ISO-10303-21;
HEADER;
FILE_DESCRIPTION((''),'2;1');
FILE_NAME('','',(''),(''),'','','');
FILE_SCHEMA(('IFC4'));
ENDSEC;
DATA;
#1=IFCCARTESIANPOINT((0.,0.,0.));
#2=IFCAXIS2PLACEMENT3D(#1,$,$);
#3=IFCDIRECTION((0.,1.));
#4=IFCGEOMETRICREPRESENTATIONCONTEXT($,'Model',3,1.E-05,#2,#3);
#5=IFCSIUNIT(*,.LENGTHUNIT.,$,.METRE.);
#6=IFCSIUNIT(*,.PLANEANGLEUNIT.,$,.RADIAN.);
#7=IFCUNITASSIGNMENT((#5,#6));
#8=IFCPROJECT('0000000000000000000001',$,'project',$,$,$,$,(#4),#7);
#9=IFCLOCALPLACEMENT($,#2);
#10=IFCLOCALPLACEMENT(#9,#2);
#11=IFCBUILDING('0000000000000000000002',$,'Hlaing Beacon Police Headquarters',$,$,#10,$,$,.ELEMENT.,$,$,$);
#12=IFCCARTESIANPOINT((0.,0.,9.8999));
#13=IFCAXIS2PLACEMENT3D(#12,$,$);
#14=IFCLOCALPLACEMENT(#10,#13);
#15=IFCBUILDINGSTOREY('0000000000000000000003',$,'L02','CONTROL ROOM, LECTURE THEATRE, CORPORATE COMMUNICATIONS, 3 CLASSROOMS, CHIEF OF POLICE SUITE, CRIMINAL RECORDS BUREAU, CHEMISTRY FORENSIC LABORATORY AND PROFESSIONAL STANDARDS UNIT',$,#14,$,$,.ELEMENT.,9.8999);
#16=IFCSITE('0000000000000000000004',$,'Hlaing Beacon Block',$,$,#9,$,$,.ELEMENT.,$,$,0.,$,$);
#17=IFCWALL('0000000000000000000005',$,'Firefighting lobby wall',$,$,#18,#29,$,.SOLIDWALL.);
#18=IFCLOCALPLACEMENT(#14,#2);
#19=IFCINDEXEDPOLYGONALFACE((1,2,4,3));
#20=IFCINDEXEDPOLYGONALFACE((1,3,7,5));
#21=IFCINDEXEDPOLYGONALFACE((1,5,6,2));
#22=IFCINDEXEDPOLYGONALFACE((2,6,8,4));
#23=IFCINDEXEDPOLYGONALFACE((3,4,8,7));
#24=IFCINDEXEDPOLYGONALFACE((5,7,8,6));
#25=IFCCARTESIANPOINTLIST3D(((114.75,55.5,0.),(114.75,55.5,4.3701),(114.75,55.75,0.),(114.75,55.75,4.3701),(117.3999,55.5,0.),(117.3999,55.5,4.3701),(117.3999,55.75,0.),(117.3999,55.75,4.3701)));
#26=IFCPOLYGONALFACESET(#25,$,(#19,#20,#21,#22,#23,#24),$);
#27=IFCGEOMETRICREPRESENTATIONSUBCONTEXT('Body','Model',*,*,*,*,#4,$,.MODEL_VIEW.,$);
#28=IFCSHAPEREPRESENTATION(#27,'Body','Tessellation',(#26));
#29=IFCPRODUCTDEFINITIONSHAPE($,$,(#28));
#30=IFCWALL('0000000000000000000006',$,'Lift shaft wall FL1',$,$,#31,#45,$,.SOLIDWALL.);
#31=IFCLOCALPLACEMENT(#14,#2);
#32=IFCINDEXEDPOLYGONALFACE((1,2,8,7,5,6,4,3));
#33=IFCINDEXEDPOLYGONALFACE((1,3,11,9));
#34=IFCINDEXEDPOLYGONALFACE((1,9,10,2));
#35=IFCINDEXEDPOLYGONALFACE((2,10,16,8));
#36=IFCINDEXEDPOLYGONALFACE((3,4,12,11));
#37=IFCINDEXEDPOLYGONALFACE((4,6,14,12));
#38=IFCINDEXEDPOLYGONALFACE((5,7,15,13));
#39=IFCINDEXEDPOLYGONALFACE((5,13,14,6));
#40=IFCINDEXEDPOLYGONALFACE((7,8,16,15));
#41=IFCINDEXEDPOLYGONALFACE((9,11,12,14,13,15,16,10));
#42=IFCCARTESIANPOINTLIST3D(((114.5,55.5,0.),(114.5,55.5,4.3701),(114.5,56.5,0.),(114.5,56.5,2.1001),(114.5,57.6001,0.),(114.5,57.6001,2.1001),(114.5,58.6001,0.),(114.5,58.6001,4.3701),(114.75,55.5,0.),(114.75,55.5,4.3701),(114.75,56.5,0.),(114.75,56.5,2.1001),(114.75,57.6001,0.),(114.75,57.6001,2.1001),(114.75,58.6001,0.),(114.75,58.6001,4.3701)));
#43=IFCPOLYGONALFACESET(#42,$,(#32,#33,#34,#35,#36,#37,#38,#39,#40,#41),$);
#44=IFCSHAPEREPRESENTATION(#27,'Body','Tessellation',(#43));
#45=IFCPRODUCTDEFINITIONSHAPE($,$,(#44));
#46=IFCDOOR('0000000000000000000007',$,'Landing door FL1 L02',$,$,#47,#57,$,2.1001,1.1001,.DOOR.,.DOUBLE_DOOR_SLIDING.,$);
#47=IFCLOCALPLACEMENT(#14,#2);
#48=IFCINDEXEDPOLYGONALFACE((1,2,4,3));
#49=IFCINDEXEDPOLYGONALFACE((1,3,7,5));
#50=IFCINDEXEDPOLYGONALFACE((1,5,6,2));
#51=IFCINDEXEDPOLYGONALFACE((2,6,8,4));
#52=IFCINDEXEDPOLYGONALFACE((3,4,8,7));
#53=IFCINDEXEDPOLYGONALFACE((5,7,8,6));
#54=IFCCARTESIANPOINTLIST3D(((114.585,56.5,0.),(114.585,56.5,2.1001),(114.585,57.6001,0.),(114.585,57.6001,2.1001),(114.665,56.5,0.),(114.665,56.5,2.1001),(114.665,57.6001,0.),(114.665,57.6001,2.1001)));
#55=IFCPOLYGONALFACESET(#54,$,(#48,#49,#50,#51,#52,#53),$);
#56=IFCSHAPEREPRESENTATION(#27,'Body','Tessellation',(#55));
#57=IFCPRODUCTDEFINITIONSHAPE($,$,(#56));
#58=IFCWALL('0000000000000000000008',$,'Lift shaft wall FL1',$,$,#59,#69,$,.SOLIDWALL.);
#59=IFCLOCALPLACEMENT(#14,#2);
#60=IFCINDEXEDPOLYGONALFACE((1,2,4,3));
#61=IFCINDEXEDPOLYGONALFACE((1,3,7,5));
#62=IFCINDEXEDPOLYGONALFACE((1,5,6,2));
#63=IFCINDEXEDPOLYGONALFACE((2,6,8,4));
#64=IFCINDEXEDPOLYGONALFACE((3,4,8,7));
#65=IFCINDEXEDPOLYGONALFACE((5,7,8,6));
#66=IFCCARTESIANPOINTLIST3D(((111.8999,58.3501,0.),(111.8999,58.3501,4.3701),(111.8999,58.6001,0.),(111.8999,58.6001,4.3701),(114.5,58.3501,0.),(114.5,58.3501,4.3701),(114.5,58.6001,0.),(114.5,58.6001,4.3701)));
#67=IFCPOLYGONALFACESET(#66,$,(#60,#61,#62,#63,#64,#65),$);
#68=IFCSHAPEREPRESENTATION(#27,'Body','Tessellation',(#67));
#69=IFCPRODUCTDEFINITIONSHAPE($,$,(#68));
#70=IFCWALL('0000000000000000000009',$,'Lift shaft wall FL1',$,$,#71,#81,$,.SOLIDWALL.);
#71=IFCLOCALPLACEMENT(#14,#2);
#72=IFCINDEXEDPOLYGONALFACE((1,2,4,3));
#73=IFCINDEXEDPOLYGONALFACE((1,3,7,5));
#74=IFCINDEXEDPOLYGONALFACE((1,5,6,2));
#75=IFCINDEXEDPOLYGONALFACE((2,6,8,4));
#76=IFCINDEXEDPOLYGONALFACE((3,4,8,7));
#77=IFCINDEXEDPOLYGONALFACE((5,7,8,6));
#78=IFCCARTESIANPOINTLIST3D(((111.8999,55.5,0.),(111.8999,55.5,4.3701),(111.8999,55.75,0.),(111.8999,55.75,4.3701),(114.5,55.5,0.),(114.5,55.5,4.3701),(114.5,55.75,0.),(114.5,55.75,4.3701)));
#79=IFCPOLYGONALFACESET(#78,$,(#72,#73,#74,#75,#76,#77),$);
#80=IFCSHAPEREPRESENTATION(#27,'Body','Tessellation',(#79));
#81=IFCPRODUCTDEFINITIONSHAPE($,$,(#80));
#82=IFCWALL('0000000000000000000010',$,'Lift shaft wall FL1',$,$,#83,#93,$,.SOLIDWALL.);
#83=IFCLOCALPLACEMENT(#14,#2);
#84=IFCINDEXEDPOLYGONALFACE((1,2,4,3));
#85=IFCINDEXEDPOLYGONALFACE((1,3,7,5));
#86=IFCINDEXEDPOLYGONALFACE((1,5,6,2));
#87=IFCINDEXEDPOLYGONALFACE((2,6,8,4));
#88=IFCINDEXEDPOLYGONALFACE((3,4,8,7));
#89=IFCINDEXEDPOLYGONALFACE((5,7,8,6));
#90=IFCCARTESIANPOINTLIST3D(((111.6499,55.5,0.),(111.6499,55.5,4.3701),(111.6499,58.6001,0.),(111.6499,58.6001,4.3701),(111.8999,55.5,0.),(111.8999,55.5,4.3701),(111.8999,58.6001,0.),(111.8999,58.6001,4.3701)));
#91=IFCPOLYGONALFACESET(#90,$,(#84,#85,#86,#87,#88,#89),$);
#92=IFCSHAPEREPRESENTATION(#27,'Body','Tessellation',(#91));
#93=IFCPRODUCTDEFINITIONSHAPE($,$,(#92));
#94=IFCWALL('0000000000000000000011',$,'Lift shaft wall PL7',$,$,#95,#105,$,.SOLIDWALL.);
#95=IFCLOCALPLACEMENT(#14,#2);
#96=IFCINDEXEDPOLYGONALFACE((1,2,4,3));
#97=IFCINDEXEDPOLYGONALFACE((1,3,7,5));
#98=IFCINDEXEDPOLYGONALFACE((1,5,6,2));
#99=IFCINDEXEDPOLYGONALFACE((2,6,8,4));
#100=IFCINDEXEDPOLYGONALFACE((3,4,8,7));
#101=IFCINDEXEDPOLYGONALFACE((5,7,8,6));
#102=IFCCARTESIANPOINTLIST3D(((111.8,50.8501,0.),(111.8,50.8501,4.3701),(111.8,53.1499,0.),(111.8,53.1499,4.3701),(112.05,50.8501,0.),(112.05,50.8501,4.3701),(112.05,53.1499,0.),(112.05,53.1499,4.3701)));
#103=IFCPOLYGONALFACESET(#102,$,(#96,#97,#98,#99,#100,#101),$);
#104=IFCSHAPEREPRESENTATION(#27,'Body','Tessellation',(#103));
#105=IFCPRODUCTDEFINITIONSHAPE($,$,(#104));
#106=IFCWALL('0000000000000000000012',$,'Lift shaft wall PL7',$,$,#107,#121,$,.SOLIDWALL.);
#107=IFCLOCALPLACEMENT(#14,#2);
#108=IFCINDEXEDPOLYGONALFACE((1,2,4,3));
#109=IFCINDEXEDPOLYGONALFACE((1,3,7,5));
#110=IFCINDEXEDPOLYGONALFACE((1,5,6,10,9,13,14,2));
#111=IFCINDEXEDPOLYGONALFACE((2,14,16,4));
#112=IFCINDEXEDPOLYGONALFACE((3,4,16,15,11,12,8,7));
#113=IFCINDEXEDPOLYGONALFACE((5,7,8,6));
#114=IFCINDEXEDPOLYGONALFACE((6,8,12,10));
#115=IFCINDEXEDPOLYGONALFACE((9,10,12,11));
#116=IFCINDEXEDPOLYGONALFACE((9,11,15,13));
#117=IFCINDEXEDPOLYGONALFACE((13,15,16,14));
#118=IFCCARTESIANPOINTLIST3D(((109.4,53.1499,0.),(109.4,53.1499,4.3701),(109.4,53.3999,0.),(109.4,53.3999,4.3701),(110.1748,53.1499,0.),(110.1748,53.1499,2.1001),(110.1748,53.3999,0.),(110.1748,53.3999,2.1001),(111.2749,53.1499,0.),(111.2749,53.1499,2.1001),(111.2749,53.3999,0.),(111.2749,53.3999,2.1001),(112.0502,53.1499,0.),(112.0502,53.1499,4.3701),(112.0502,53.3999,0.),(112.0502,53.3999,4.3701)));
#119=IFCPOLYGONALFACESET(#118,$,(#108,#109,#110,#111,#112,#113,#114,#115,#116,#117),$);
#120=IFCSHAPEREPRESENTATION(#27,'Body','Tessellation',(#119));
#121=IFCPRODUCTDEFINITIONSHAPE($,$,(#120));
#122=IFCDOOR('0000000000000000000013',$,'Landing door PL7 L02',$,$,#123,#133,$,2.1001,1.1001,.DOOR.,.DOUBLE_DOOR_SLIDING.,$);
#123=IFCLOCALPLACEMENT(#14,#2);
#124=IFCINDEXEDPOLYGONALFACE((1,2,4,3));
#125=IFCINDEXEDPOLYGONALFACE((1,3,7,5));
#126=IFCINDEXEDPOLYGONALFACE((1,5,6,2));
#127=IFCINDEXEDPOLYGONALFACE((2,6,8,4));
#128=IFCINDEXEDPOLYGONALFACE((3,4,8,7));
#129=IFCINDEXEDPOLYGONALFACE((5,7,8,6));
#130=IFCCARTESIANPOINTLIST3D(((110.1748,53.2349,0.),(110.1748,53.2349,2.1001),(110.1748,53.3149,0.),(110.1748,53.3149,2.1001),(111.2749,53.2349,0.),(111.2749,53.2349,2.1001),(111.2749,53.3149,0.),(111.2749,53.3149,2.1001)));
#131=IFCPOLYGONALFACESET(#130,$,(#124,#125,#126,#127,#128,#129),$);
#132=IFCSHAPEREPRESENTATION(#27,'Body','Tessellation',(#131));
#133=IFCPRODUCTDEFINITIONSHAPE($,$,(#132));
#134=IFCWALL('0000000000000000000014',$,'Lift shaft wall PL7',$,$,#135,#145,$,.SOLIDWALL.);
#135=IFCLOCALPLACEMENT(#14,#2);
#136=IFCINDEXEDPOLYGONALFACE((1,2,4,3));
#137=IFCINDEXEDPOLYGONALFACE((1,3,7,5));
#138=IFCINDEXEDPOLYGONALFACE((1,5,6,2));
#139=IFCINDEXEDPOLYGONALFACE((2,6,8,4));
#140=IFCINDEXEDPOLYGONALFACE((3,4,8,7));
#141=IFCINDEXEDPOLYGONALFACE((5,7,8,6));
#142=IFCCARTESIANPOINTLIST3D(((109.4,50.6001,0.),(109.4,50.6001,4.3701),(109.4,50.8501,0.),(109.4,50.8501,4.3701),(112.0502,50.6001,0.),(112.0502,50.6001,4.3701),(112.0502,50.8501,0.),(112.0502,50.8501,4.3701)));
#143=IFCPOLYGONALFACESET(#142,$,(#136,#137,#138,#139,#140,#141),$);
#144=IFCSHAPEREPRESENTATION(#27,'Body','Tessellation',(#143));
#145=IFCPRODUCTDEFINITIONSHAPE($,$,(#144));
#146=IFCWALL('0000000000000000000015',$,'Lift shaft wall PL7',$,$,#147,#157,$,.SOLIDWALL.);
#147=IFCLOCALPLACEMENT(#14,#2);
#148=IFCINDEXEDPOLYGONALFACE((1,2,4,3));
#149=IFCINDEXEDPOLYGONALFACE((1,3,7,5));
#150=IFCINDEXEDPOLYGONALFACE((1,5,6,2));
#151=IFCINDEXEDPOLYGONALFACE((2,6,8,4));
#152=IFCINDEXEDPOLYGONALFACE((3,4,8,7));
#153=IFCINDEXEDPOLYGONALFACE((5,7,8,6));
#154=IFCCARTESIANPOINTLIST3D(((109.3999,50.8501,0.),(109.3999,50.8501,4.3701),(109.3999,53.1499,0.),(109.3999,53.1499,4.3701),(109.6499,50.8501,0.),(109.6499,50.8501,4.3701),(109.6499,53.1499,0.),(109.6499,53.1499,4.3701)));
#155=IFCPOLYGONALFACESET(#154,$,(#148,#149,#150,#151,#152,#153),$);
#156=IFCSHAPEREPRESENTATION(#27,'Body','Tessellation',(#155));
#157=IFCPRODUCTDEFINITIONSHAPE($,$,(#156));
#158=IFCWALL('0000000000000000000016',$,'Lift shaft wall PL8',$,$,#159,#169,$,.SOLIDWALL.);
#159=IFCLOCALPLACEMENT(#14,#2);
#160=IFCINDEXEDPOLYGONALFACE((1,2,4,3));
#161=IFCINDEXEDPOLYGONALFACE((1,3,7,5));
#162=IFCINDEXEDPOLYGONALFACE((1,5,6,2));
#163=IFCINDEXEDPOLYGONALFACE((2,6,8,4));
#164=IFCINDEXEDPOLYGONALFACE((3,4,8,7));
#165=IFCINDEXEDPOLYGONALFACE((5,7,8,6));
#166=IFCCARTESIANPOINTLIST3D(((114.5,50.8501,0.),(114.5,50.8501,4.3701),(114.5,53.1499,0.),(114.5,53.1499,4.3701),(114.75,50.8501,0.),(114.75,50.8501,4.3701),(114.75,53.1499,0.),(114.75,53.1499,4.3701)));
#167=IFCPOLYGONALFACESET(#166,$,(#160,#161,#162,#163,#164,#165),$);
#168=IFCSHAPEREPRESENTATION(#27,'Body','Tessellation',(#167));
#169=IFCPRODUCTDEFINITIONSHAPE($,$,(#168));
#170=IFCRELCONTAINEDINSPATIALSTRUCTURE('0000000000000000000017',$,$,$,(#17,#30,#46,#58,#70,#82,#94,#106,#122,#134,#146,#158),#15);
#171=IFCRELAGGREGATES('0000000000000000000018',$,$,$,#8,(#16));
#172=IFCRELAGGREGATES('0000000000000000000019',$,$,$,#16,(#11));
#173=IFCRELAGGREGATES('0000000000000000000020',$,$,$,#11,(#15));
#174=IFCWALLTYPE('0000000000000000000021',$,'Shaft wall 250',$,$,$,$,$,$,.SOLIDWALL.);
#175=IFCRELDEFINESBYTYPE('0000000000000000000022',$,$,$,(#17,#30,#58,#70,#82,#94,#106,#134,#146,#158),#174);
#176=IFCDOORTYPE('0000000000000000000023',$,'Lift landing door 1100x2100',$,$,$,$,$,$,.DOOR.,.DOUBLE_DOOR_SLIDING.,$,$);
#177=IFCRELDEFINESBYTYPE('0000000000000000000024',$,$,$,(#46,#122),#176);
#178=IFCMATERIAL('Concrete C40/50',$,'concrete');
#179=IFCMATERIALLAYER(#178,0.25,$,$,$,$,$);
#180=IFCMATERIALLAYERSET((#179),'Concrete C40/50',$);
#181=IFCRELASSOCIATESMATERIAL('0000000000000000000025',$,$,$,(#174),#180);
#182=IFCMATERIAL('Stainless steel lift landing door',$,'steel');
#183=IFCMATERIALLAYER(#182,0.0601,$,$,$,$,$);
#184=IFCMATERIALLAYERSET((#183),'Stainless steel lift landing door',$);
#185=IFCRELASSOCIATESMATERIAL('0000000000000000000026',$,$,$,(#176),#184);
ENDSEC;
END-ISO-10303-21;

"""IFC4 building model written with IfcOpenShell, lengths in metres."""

from ifc_helpers import new_model, si_unit, direction, frame, frame_2d, origin, place, context, subcontext, project, spatial, rectangle, extrude, material, layer, layer_set, type_object, element, fill, save


model = new_model("IFC4")

# Units and contexts
model_context = context("Model", 3, precision=1e-05, world=origin(), true_north=direction((0.0, 1.0)))
body_context = subcontext(model_context, "Body", "Model", "MODEL_VIEW")
ifc_project = project(units=[si_unit("LENGTHUNIT", "METRE"), si_unit("PLANEANGLEUNIT", "RADIAN")], contexts=[model_context])

# Site, building, storey
site_placement = place(None, origin())
site = spatial("IfcSite", under=ifc_project, at=site_placement, Name="Hlaing Beacon Block", CompositionType="ELEMENT", RefElevation=0.0)
building_placement = place(site_placement, origin())
building = spatial("IfcBuilding", under=site, at=building_placement, Name="Hlaing Beacon Police Headquarters", CompositionType="ELEMENT")
storey_placement = place(building_placement, frame((0.0, 0.0, 9.8999)))
storey = spatial("IfcBuildingStorey", under=building, at=storey_placement, Name="L02", Description="CONTROL ROOM, LECTURE THEATRE, CORPORATE COMMUNICATIONS, 3 CLASSROOMS, CHIEF OF POLICE SUITE, CRIMINAL RECORDS BUREAU, CHEMISTRY FORENSIC LABORATORY AND PROFESSIONAL STANDARDS UNIT", CompositionType="ELEMENT", Elevation=9.8999)

# Shared definitions
ifc_material_1 = material(Name="Concrete C40/50", Category="concrete")
ifc_layer_1 = layer(ifc_material_1, 0.25)
ifc_layer_set_1 = layer_set([ifc_layer_1], Name="Concrete C40/50")
wall_type_1 = type_object("IfcWallType", Name="Shaft wall 250", PredefinedType="SOLIDWALL", material=ifc_layer_set_1)

# Wall
wall_1_placement = place(storey_placement, frame((114.75, 55.625, 0.0), z_axis=(0.0, 0.0, 1.0), x_axis=(1.0, 0.0, 0.0)))
element("IfcWall", 1, at=wall_1_placement, inside=storey, type_object=wall_type_1, Name="Firefighting lobby wall", PredefinedType="SOLIDWALL", context=body_context, shape_type="SweptSolid", body=[
    extrude(rectangle(XDim=2.6499, YDim=0.25, at=frame_2d((1.325, 0.0))), origin(), (0.0, 0.0, 1.0), 4.3701),
])

# Wall, opening, door
wall_2_placement = place(storey_placement, frame((114.625, 55.5, 0.0), z_axis=(0.0, 0.0, 1.0), x_axis=(0.0, 1.0, 0.0)))
wall_2 = element("IfcWall", 2, at=wall_2_placement, inside=storey, type_object=wall_type_1, Name="Lift shaft wall FL1", PredefinedType="SOLIDWALL", context=body_context, shape_type="SweptSolid", body=[
    extrude(rectangle(XDim=3.1001, YDim=0.25, at=frame_2d((1.55, 0.0))), origin(), (0.0, 0.0, 1.0), 4.3701),
])
opening_1_placement = place(wall_2_placement, frame((1.0, 0.0, 0.0)))
opening_1 = element("IfcOpeningElement", 3, at=opening_1_placement, cuts=wall_2, PredefinedType="OPENING", context=body_context, shape_type="SweptSolid", body=[
    extrude(rectangle(XDim=1.1001, YDim=2.1001, at=frame_2d((0.55, 1.05))), frame((0.0, 0.135, 0.0), z_axis=(0.0, -1.0, 0.0), x_axis=(1.0, 0.0, 0.0)), (0.0, 0.0, 1.0), 0.27),
])
ifc_material_2 = material(Name="Stainless steel lift landing door", Category="steel")
ifc_layer_2 = layer(ifc_material_2, 0.0601)
ifc_layer_set_2 = layer_set([ifc_layer_2], Name="Stainless steel lift landing door")
door_type_1 = type_object("IfcDoorType", Name="Lift landing door 1100x2100", OperationType="DOUBLE_DOOR_SLIDING", PredefinedType="DOOR", material=ifc_layer_set_2)
door_1_placement = place(opening_1_placement, origin())
door_1 = element("IfcDoor", 4, at=door_1_placement, inside=storey, type_object=door_type_1, Name="Landing door FL1 L02", OperationType="DOUBLE_DOOR_SLIDING", OverallHeight=2.1001, OverallWidth=1.1001, PredefinedType="DOOR", context=body_context, shape_type="SweptSolid", body=[
    extrude(rectangle(XDim=1.1001, YDim=2.1001, at=frame_2d((0.55, 1.05))), frame((0.0, 0.04, 0.0), z_axis=(0.0, -1.0, 0.0), x_axis=(1.0, 0.0, 0.0)), (0.0, 0.0, 1.0), 0.0801),
])
fill(opening_1, door_1)

# Walls
for number, where, z_axis, x_axis, name in (
    (5, (111.8999, 58.4751, 0.0), (0.0, 0.0, 1.0), (1.0, 0.0, 0.0), "Lift shaft wall FL1"),
    (6, (111.8999, 55.625, 0.0), (0.0, 0.0, 1.0), (1.0, 0.0, 0.0), "Lift shaft wall FL1"),
):
    element("IfcWall", number, at=place(storey_placement, frame(where, z_axis=z_axis, x_axis=x_axis)), inside=storey, type_object=wall_type_1, Name=name, PredefinedType="SOLIDWALL", context=body_context, shape_type="SweptSolid", body=[
        extrude(rectangle(XDim=2.6001, YDim=0.25, at=frame_2d((1.3, 0.0))), origin(), (0.0, 0.0, 1.0), 4.3701),
    ])
wall_3_placement = place(storey_placement, frame((111.7749, 55.5, 0.0), z_axis=(0.0, 0.0, 1.0), x_axis=(0.0, 1.0, 0.0)))
element("IfcWall", 7, at=wall_3_placement, inside=storey, type_object=wall_type_1, Name="Lift shaft wall FL1", PredefinedType="SOLIDWALL", context=body_context, shape_type="SweptSolid", body=[
    extrude(rectangle(XDim=3.1001, YDim=0.25, at=frame_2d((1.55, 0.0))), origin(), (0.0, 0.0, 1.0), 4.3701),
])
wall_4_placement = place(storey_placement, frame((111.925, 50.8501, 0.0), z_axis=(0.0, 0.0, 1.0), x_axis=(0.0, 1.0, 0.0)))
element("IfcWall", 8, at=wall_4_placement, inside=storey, type_object=wall_type_1, Name="Lift shaft wall PL7", PredefinedType="SOLIDWALL", context=body_context, shape_type="SweptSolid", body=[
    extrude(rectangle(XDim=2.2998, YDim=0.25, at=frame_2d((1.1499, 0.0))), origin(), (0.0, 0.0, 1.0), 4.3701),
])

# Wall, opening, door
wall_5_placement = place(storey_placement, frame((109.3999, 53.2749, 0.0), z_axis=(0.0, 0.0, 1.0), x_axis=(1.0, 0.0, 0.0)))
wall_5 = element("IfcWall", 9, at=wall_5_placement, inside=storey, type_object=wall_type_1, Name="Lift shaft wall PL7", PredefinedType="SOLIDWALL", context=body_context, shape_type="SweptSolid", body=[
    extrude(rectangle(XDim=2.6501, YDim=0.25, at=frame_2d((1.3252, 0.0))), origin(), (0.0, 0.0, 1.0), 4.3701),
])
opening_2_placement = place(wall_5_placement, frame((0.7749, 0.0, 0.0)))
opening_2 = element("IfcOpeningElement", 10, at=opening_2_placement, cuts=wall_5, PredefinedType="OPENING", context=body_context, shape_type="SweptSolid", body=[
    extrude(rectangle(XDim=1.1001, YDim=2.1001, at=frame_2d((0.55, 1.05))), frame((0.0, 0.135, 0.0), z_axis=(0.0, -1.0, 0.0), x_axis=(1.0, 0.0, 0.0)), (0.0, 0.0, 1.0), 0.27),
])
door_2_placement = place(opening_2_placement, origin())
door_2 = element("IfcDoor", 11, at=door_2_placement, inside=storey, type_object=door_type_1, Name="Landing door PL7 L02", OperationType="DOUBLE_DOOR_SLIDING", OverallHeight=2.1001, OverallWidth=1.1001, PredefinedType="DOOR", context=body_context, shape_type="SweptSolid", body=[
    extrude(rectangle(XDim=1.1001, YDim=2.1001, at=frame_2d((0.55, 1.05))), frame((0.0, 0.04, 0.0), z_axis=(0.0, -1.0, 0.0), x_axis=(1.0, 0.0, 0.0)), (0.0, 0.0, 1.0), 0.0801),
])
fill(opening_2, door_2)

# Walls
wall_6_placement = place(storey_placement, frame((109.3999, 50.7251, 0.0), z_axis=(0.0, 0.0, 1.0), x_axis=(1.0, 0.0, 0.0)))
element("IfcWall", 12, at=wall_6_placement, inside=storey, type_object=wall_type_1, Name="Lift shaft wall PL7", PredefinedType="SOLIDWALL", context=body_context, shape_type="SweptSolid", body=[
    extrude(rectangle(XDim=2.6501, YDim=0.25, at=frame_2d((1.3252, 0.0))), origin(), (0.0, 0.0, 1.0), 4.3701),
])
for number, where, z_axis, x_axis, name in (
    (13, (109.5249, 50.8501, 0.0), (0.0, 0.0, 1.0), (0.0, 1.0, 0.0), "Lift shaft wall PL7"),
    (14, (114.625, 50.8501, 0.0), (0.0, 0.0, 1.0), (0.0, 1.0, 0.0), "Lift shaft wall PL8"),
):
    element("IfcWall", number, at=place(storey_placement, frame(where, z_axis=z_axis, x_axis=x_axis)), inside=storey, type_object=wall_type_1, Name=name, PredefinedType="SOLIDWALL", context=body_context, shape_type="SweptSolid", body=[
        extrude(rectangle(XDim=2.2998, YDim=0.25, at=frame_2d((1.1499, 0.0))), origin(), (0.0, 0.0, 1.0), 4.3701),
    ])

save(model, "model.ifc")
